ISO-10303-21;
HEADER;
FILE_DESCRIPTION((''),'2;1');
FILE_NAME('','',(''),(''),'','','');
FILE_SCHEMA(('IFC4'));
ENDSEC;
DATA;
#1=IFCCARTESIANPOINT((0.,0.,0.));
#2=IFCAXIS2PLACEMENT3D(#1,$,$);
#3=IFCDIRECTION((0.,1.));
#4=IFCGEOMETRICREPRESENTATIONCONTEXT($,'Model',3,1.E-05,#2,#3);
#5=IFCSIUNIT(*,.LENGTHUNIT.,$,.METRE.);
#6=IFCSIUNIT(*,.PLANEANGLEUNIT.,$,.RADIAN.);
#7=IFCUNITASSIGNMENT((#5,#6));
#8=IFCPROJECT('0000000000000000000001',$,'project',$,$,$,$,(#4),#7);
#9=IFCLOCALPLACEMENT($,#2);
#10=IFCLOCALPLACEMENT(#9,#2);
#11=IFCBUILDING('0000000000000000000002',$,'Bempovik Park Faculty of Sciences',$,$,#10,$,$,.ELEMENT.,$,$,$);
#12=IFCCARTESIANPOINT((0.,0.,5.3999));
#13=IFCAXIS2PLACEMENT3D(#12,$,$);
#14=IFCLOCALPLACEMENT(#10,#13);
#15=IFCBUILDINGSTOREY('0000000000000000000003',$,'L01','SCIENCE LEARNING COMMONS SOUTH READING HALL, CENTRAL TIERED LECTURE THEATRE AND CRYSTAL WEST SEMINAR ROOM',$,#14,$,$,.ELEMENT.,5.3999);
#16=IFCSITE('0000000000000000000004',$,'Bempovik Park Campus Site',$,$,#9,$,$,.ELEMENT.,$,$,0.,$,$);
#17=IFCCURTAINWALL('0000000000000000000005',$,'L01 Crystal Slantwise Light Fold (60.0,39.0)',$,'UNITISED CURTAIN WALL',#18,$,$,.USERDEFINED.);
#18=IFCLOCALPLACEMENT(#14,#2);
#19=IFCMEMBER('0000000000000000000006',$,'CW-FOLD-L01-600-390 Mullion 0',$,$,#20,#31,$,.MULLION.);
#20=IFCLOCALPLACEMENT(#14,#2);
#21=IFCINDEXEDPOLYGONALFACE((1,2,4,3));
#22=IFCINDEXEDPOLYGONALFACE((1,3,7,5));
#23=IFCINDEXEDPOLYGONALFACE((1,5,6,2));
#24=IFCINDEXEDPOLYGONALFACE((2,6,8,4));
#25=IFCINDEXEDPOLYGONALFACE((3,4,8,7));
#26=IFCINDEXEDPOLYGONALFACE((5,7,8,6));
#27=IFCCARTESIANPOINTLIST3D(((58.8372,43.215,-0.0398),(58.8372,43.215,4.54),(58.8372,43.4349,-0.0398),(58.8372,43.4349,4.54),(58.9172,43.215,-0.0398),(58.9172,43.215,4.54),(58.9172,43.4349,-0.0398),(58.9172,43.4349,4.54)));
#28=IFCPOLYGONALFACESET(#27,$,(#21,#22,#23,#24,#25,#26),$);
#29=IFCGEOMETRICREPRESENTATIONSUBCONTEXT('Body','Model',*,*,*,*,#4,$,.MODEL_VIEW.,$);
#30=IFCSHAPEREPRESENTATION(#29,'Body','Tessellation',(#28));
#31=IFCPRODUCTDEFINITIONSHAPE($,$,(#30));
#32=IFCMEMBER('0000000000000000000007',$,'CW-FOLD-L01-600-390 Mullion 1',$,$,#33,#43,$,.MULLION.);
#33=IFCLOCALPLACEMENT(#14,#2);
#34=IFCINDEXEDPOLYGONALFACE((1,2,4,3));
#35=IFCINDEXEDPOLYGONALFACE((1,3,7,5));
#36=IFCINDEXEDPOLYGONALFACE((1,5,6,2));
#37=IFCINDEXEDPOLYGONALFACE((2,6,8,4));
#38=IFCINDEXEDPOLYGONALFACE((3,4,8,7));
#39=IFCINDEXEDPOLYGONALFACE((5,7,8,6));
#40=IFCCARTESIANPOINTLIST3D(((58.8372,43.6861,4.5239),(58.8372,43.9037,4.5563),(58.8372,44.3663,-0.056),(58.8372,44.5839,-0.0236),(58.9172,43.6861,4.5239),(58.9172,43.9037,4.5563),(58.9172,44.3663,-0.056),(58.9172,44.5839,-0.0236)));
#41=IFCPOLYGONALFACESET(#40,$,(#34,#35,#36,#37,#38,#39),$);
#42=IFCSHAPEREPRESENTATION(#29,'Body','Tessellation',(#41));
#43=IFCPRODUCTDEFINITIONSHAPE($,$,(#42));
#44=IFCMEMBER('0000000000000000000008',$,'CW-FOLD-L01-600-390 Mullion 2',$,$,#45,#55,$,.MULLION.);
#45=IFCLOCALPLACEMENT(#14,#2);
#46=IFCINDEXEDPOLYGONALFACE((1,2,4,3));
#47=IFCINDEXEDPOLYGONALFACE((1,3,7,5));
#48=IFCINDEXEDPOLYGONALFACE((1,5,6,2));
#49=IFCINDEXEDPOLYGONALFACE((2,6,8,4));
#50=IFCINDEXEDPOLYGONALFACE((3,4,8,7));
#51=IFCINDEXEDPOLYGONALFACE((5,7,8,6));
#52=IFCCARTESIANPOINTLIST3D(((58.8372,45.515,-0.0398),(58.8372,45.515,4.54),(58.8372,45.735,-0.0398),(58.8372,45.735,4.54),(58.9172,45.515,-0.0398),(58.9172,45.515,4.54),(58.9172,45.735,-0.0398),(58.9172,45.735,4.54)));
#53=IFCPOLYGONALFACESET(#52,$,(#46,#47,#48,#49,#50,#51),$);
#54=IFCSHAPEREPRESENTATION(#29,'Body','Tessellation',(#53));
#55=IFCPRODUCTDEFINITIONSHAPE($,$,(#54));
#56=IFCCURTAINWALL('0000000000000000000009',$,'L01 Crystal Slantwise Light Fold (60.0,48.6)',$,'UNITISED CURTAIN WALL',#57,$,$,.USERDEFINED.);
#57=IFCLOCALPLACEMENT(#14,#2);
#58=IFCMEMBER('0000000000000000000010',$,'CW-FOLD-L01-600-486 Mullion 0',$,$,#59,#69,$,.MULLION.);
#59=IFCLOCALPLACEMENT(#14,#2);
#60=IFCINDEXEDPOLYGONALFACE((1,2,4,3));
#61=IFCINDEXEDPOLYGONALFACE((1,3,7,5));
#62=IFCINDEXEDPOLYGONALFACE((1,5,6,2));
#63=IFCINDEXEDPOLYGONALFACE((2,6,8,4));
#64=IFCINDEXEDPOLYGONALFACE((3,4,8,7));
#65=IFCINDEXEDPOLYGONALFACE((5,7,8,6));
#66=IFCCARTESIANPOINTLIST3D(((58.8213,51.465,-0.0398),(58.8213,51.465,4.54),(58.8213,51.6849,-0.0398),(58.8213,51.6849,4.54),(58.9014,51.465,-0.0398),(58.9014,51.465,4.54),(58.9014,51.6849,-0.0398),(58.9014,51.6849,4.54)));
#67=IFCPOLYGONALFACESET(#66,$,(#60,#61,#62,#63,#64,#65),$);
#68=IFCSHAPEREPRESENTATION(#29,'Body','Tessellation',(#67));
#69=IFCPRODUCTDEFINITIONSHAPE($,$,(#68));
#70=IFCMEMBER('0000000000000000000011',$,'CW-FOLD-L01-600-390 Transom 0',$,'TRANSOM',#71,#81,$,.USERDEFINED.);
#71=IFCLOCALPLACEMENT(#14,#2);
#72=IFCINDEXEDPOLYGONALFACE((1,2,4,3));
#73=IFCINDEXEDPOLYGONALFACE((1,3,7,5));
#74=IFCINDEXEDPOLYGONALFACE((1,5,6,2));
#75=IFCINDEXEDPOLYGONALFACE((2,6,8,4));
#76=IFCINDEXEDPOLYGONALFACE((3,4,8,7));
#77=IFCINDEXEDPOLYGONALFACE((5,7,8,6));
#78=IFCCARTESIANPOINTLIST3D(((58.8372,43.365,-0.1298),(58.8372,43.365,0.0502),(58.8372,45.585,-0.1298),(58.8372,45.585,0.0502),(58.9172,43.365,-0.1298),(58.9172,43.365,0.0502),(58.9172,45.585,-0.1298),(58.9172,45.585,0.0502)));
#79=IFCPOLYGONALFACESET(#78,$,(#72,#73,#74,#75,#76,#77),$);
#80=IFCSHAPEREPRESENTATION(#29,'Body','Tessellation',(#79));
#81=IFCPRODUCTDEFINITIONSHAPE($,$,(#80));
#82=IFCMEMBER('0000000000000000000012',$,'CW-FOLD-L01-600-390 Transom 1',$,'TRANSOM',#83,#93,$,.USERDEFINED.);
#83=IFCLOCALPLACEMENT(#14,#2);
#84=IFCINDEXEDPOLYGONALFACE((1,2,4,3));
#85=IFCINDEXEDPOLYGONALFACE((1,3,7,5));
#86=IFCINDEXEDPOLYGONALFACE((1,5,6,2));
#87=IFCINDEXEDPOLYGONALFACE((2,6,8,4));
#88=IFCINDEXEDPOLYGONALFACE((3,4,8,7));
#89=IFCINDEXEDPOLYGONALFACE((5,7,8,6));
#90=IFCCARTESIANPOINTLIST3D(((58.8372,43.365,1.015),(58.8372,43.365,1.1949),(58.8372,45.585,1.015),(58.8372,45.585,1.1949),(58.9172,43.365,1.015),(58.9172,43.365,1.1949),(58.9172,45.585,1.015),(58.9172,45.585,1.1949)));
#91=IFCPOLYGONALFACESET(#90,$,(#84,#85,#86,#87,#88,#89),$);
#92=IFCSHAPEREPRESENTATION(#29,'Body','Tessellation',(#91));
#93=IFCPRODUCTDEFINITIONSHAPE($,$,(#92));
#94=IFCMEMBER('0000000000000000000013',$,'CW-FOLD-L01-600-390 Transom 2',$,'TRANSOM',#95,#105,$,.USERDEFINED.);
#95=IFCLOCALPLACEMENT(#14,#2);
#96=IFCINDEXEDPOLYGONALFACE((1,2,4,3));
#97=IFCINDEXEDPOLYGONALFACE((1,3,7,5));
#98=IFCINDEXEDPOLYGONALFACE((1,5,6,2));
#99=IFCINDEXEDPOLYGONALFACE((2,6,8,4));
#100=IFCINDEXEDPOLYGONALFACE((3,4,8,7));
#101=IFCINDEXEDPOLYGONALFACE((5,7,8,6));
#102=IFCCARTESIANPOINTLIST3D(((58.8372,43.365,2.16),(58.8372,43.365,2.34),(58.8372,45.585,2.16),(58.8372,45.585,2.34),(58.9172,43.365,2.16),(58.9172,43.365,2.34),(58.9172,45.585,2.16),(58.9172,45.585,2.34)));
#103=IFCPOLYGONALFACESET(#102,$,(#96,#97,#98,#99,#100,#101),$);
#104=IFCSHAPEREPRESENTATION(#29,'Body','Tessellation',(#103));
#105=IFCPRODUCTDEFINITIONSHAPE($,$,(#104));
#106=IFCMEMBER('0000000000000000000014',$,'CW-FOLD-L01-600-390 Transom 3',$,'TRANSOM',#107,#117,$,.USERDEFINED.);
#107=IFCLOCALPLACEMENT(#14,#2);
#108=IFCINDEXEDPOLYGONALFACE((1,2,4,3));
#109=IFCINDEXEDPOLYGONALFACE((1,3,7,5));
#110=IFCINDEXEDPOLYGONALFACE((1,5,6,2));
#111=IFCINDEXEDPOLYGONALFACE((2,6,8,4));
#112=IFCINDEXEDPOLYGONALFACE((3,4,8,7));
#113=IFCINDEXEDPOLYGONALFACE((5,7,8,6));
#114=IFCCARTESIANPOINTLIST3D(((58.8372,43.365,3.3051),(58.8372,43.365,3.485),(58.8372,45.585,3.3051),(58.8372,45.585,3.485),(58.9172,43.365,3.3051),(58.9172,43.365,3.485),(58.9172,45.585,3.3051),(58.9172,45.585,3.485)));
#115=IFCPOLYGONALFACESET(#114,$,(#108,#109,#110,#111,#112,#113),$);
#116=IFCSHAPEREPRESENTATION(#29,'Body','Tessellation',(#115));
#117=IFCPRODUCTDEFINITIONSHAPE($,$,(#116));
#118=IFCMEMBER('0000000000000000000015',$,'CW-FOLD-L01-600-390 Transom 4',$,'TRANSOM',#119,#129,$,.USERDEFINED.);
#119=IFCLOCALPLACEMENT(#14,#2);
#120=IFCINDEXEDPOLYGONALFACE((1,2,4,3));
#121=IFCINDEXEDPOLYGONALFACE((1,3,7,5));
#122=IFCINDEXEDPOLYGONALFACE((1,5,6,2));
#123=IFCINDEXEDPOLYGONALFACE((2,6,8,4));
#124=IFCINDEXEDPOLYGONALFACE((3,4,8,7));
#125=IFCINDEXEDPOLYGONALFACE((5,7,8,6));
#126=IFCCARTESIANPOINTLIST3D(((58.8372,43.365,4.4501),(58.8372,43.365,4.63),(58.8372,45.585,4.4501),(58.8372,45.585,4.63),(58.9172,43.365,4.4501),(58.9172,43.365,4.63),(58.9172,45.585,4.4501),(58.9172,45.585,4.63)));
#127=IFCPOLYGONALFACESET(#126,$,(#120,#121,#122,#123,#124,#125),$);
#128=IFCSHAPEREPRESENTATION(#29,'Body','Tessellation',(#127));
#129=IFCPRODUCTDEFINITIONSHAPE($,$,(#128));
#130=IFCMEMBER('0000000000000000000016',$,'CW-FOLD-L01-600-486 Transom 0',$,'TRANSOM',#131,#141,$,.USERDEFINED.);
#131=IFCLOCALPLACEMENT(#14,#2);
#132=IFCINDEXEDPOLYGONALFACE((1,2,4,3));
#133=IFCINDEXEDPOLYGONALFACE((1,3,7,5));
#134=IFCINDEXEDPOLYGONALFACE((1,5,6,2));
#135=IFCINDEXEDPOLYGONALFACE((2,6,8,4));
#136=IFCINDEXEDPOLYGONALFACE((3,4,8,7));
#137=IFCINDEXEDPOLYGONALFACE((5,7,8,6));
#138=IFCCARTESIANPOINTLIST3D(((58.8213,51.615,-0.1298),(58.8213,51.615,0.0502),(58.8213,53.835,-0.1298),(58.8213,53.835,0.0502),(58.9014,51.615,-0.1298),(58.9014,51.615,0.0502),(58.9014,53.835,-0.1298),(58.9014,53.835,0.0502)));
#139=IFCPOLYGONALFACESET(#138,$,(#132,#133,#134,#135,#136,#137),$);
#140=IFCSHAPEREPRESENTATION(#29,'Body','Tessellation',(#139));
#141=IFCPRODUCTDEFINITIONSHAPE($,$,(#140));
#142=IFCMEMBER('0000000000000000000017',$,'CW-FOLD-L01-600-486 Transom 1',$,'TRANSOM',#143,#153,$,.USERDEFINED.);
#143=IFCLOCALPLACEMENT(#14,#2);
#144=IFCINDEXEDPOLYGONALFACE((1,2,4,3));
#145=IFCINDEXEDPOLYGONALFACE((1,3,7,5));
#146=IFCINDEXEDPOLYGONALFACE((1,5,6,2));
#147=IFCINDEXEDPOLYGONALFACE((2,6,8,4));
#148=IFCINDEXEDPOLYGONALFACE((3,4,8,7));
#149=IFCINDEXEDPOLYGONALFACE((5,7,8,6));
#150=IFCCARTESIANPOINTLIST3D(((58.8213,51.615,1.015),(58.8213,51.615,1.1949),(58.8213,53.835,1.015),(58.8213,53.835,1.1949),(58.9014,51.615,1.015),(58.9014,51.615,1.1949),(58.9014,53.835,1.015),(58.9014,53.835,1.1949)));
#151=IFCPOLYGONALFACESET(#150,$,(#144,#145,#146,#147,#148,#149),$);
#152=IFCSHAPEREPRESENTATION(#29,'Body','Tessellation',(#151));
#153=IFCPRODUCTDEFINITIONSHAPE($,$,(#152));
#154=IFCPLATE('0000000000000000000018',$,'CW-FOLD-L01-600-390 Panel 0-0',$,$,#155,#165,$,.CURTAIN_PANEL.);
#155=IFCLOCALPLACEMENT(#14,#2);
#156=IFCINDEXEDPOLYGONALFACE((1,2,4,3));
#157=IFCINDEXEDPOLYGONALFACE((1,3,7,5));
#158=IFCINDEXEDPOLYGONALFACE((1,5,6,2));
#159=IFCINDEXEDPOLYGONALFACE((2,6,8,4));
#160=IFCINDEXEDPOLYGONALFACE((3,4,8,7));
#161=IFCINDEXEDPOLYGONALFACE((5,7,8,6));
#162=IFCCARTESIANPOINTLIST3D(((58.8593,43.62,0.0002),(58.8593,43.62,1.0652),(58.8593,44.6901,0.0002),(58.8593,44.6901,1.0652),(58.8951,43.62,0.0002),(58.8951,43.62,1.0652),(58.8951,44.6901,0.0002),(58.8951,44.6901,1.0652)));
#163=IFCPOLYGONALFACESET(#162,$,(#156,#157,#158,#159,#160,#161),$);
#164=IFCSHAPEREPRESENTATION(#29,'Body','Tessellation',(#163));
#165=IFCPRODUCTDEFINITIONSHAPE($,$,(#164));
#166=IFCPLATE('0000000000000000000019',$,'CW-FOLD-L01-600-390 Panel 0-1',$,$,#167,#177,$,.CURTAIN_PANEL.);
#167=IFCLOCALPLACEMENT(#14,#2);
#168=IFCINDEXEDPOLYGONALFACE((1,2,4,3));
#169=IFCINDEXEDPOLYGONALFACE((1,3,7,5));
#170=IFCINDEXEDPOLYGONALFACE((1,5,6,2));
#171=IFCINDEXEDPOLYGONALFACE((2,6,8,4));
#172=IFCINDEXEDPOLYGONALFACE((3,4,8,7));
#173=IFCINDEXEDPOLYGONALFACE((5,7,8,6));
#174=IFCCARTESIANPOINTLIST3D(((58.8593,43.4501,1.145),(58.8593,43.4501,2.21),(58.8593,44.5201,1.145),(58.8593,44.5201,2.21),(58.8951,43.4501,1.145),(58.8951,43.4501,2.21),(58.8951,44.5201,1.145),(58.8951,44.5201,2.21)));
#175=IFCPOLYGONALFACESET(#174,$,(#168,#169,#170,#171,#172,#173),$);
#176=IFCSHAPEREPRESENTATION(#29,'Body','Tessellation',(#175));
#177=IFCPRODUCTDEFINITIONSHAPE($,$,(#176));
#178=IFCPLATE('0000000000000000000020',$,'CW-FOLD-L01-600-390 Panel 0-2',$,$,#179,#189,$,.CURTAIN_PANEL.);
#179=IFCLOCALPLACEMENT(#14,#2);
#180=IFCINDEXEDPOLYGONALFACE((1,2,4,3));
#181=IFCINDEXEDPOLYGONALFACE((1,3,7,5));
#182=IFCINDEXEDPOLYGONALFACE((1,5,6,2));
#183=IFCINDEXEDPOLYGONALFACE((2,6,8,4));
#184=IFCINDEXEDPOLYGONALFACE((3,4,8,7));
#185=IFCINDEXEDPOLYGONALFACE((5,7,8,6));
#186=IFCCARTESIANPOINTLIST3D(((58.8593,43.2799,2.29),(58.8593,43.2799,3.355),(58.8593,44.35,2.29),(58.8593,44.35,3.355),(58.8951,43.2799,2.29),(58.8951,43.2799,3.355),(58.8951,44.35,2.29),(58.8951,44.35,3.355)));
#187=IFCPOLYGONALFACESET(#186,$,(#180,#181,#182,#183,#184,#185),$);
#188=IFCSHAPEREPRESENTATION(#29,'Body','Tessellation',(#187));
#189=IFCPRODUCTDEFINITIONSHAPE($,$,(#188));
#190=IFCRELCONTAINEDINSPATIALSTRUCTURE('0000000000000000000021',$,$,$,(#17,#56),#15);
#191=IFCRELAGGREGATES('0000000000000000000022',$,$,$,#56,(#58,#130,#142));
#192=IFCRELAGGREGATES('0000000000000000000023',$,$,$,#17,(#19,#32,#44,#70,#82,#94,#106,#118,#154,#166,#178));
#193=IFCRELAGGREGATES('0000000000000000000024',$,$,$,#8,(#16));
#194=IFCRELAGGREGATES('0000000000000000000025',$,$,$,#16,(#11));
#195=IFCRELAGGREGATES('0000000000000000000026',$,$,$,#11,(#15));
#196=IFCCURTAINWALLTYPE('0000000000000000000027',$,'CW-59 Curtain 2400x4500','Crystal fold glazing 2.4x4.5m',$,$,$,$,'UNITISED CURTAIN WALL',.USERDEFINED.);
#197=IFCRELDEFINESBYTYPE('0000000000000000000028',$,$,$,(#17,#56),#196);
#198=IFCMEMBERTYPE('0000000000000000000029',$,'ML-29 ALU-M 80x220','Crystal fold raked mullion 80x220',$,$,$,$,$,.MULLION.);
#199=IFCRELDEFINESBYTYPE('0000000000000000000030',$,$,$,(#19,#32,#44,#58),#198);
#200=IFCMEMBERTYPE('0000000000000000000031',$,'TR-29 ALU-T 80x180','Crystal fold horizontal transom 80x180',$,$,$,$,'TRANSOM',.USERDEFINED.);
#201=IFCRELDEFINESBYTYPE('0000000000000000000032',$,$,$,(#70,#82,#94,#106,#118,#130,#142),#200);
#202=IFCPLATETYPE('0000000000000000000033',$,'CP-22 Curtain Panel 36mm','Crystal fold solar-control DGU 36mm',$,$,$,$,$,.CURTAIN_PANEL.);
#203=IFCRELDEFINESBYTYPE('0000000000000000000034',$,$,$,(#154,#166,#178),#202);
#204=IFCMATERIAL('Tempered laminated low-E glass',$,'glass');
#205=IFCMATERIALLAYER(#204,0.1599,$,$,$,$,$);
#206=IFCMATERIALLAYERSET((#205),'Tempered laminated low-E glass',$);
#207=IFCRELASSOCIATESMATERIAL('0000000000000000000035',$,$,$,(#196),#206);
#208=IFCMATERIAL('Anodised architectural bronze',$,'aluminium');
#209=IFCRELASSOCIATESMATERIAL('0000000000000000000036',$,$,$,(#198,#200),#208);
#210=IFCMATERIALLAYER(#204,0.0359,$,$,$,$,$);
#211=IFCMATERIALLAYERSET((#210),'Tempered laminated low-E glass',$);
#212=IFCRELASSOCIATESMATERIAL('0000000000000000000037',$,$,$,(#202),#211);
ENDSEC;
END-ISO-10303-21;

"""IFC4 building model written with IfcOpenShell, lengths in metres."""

from ifc_helpers import new_model, si_unit, direction, frame, origin, origin_2d, place, context, subcontext, project, spatial, rectangle, extrude, material, layer, layer_set, material_profile, profile_set, type_object, element, aggregate, save


model = new_model("IFC4")

# Units and contexts
model_context = context("Model", 3, precision=1e-05, world=origin(), true_north=direction((0.0, 1.0)))
body_context = subcontext(model_context, "Body", "Model", "MODEL_VIEW")
ifc_project = project(units=[si_unit("LENGTHUNIT", "METRE"), si_unit("PLANEANGLEUNIT", "RADIAN")], contexts=[model_context])

# Site, building, storey
site_placement = place(None, origin())
site = spatial("IfcSite", under=ifc_project, at=site_placement, Name="Bempovik Park Campus Site", CompositionType="ELEMENT", RefElevation=0.0)
building_placement = place(site_placement, origin())
building = spatial("IfcBuilding", under=site, at=building_placement, Name="Bempovik Park Faculty of Sciences", CompositionType="ELEMENT")
storey_placement = place(building_placement, frame((0.0, 0.0, 5.3999)))
storey = spatial("IfcBuildingStorey", under=building, at=storey_placement, Name="L01", Description="SCIENCE LEARNING COMMONS SOUTH READING HALL, CENTRAL TIERED LECTURE THEATRE AND CRYSTAL WEST SEMINAR ROOM", CompositionType="ELEMENT", Elevation=5.3999)

# Curtain wall, members
ifc_material_1 = material(Name="Tempered laminated low-E glass", Category="glass")
ifc_layer_1 = layer(ifc_material_1, 0.1599)
ifc_layer_set_1 = layer_set([ifc_layer_1], Name="Tempered laminated low-E glass")
curtain_wall_type = type_object("IfcCurtainWallType", Name="CW-59 Curtain 2400x4500", Description="Crystal fold glazing 2.4x4.5m", ElementType="UNITISED CURTAIN WALL", PredefinedType="USERDEFINED", material=ifc_layer_set_1)
curtain_wall_1_placement = place(storey_placement, origin())
curtain_wall_1 = element("IfcCurtainWall", 1, at=curtain_wall_1_placement, inside=storey, type_object=curtain_wall_type, Name="L01 Crystal Slantwise Light Fold (60.0,39.0)", ObjectType="UNITISED CURTAIN WALL", PredefinedType="USERDEFINED")
ifc_material_2 = material(Name="Anodised architectural bronze", Category="aluminium")
ifc_material_profile_1 = material_profile(ifc_material_2, rectangle(XDim=0.0801, YDim=0.22, at=origin_2d()), Name="ALU-M 80x220")
ifc_profile_set_1 = profile_set([ifc_material_profile_1], Name="Anodised architectural bronze")
member_type_1 = type_object("IfcMemberType", Name="ML-29 ALU-M 80x220", Description="Crystal fold raked mullion 80x220", PredefinedType="MULLION", material=ifc_profile_set_1)
member_1_placement = place(storey_placement, frame((58.8772, 43.325, -0.0398), z_axis=(0.0, 0.0, 1.0), x_axis=(1.0, 0.0, 0.0)))
member_1 = element("IfcMember", 2, at=member_1_placement, type_object=member_type_1, Name="CW-FOLD-L01-600-390 Mullion 0", PredefinedType="MULLION", context=body_context, shape_type="SweptSolid", body=[
    extrude(rectangle(XDim=0.0801, YDim=0.22, at=origin_2d()), origin(), (0.0, 0.0, 1.0), 4.5798),
])
member_2_placement = place(storey_placement, frame((58.8772, 44.4751, -0.0398), z_axis=(0.0, -0.146904, 0.989151), x_axis=(1.0, 0.0, 0.0)))
member_2 = element("IfcMember", 3, at=member_2_placement, type_object=member_type_1, Name="CW-FOLD-L01-600-390 Mullion 1", PredefinedType="MULLION", context=body_context, shape_type="SweptSolid", body=[
    extrude(rectangle(XDim=0.0801, YDim=0.22, at=origin_2d()), origin(), (0.0, 0.0, 1.0), 4.6301),
])
member_3_placement = place(storey_placement, frame((58.8772, 45.625, -0.0398), z_axis=(0.0, 0.0, 1.0), x_axis=(1.0, 0.0, 0.0)))
member_3 = element("IfcMember", 4, at=member_3_placement, type_object=member_type_1, Name="CW-FOLD-L01-600-390 Mullion 2", PredefinedType="MULLION", context=body_context, shape_type="SweptSolid", body=[
    extrude(rectangle(XDim=0.0801, YDim=0.22, at=origin_2d()), origin(), (0.0, 0.0, 1.0), 4.5798),
])

# Curtain wall, member
curtain_wall_2_placement = place(storey_placement, origin())
curtain_wall_2 = element("IfcCurtainWall", 5, at=curtain_wall_2_placement, inside=storey, type_object=curtain_wall_type, Name="L01 Crystal Slantwise Light Fold (60.0,48.6)", ObjectType="UNITISED CURTAIN WALL", PredefinedType="USERDEFINED")
member_4_placement = place(storey_placement, frame((58.8613, 51.575, -0.0398), z_axis=(0.0, 0.0, 1.0), x_axis=(1.0, 0.0, 0.0)))
member_4 = element("IfcMember", 6, at=member_4_placement, type_object=member_type_1, Name="CW-FOLD-L01-600-486 Mullion 0", PredefinedType="MULLION", context=body_context, shape_type="SweptSolid", body=[
    extrude(rectangle(XDim=0.0801, YDim=0.22, at=origin_2d()), origin(), (0.0, 0.0, 1.0), 4.5798),
])

# Members
ifc_material_profile_2 = material_profile(ifc_material_2, rectangle(XDim=0.0801, YDim=0.1799, at=origin_2d()), Name="ALU-T 80x180")
ifc_profile_set_2 = profile_set([ifc_material_profile_2], Name="Anodised architectural bronze")
member_type_2 = type_object("IfcMemberType", Name="TR-29 ALU-T 80x180", Description="Crystal fold horizontal transom 80x180", ElementType="TRANSOM", PredefinedType="USERDEFINED", material=ifc_profile_set_2)
member_5_placement = place(storey_placement, frame((58.8772, 43.365, -0.0398), z_axis=(0.0, 1.0, 0.0), x_axis=(-1.0, 0.0, 0.0)))
member_5 = element("IfcMember", 7, at=member_5_placement, type_object=member_type_2, Name="CW-FOLD-L01-600-390 Transom 0", ObjectType="TRANSOM", PredefinedType="USERDEFINED", context=body_context, shape_type="SweptSolid", body=[
    extrude(rectangle(XDim=0.0801, YDim=0.1799, at=origin_2d()), origin(), (0.0, 0.0, 1.0), 2.22),
])
member_6_placement = place(storey_placement, frame((58.8772, 43.365, 1.105), z_axis=(0.0, 1.0, 0.0), x_axis=(-1.0, 0.0, 0.0)))
member_6 = element("IfcMember", 8, at=member_6_placement, type_object=member_type_2, Name="CW-FOLD-L01-600-390 Transom 1", ObjectType="TRANSOM", PredefinedType="USERDEFINED", context=body_context, shape_type="SweptSolid", body=[
    extrude(rectangle(XDim=0.0801, YDim=0.1799, at=origin_2d()), origin(), (0.0, 0.0, 1.0), 2.22),
])
member_7_placement = place(storey_placement, frame((58.8772, 43.365, 2.25), z_axis=(0.0, 1.0, 0.0), x_axis=(-1.0, 0.0, 0.0)))
member_7 = element("IfcMember", 9, at=member_7_placement, type_object=member_type_2, Name="CW-FOLD-L01-600-390 Transom 2", ObjectType="TRANSOM", PredefinedType="USERDEFINED", context=body_context, shape_type="SweptSolid", body=[
    extrude(rectangle(XDim=0.0801, YDim=0.1799, at=origin_2d()), origin(), (0.0, 0.0, 1.0), 2.22),
])
member_8_placement = place(storey_placement, frame((58.8772, 43.365, 3.395), z_axis=(0.0, 1.0, 0.0), x_axis=(-1.0, 0.0, 0.0)))
member_8 = element("IfcMember", 10, at=member_8_placement, type_object=member_type_2, Name="CW-FOLD-L01-600-390 Transom 3", ObjectType="TRANSOM", PredefinedType="USERDEFINED", context=body_context, shape_type="SweptSolid", body=[
    extrude(rectangle(XDim=0.0801, YDim=0.1799, at=origin_2d()), origin(), (0.0, 0.0, 1.0), 2.22),
])
member_9_placement = place(storey_placement, frame((58.8772, 43.365, 4.54), z_axis=(0.0, 1.0, 0.0), x_axis=(-1.0, 0.0, 0.0)))
member_9 = element("IfcMember", 11, at=member_9_placement, type_object=member_type_2, Name="CW-FOLD-L01-600-390 Transom 4", ObjectType="TRANSOM", PredefinedType="USERDEFINED", context=body_context, shape_type="SweptSolid", body=[
    extrude(rectangle(XDim=0.0801, YDim=0.1799, at=origin_2d()), origin(), (0.0, 0.0, 1.0), 2.22),
])
member_10_placement = place(storey_placement, frame((58.8613, 51.615, -0.0398), z_axis=(0.0, 1.0, 0.0), x_axis=(-1.0, 0.0, 0.0)))
member_10 = element("IfcMember", 12, at=member_10_placement, type_object=member_type_2, Name="CW-FOLD-L01-600-486 Transom 0", ObjectType="TRANSOM", PredefinedType="USERDEFINED", context=body_context, shape_type="SweptSolid", body=[
    extrude(rectangle(XDim=0.0801, YDim=0.1799, at=origin_2d()), origin(), (0.0, 0.0, 1.0), 2.22),
])
member_11_placement = place(storey_placement, frame((58.8613, 51.615, 1.105), z_axis=(0.0, 1.0, 0.0), x_axis=(-1.0, 0.0, 0.0)))
member_11 = element("IfcMember", 13, at=member_11_placement, type_object=member_type_2, Name="CW-FOLD-L01-600-486 Transom 1", ObjectType="TRANSOM", PredefinedType="USERDEFINED", context=body_context, shape_type="SweptSolid", body=[
    extrude(rectangle(XDim=0.0801, YDim=0.1799, at=origin_2d()), origin(), (0.0, 0.0, 1.0), 2.22),
])
aggregate(curtain_wall_2, [member_4, member_10, member_11])

# Plates
ifc_layer_2 = layer(ifc_material_1, 0.0359)
ifc_layer_set_2 = layer_set([ifc_layer_2], Name="Tempered laminated low-E glass")
plate_type = type_object("IfcPlateType", Name="CP-22 Curtain Panel 36mm", Description="Crystal fold solar-control DGU 36mm", PredefinedType="CURTAIN_PANEL", material=ifc_layer_set_2)
plate_1_placement = place(storey_placement, frame((58.8772, 44.155, 0.0002), z_axis=(0.0, 0.0, 1.0), x_axis=(0.0, 1.0, 0.0)))
plate_1 = element("IfcPlate", 14, at=plate_1_placement, type_object=plate_type, Name="CW-FOLD-L01-600-390 Panel 0-0", PredefinedType="CURTAIN_PANEL", context=body_context, shape_type="SweptSolid", body=[
    extrude(rectangle(XDim=1.0701, YDim=0.0359, at=origin_2d()), origin(), (0.0, 0.0, 1.0), 1.0649),
])
plate_2_placement = place(storey_placement, frame((58.8772, 43.9851, 1.145), z_axis=(0.0, 0.0, 1.0), x_axis=(0.0, 1.0, 0.0)))
plate_2 = element("IfcPlate", 15, at=plate_2_placement, type_object=plate_type, Name="CW-FOLD-L01-600-390 Panel 0-1", PredefinedType="CURTAIN_PANEL", context=body_context, shape_type="SweptSolid", body=[
    extrude(rectangle(XDim=1.0701, YDim=0.0359, at=origin_2d()), origin(), (0.0, 0.0, 1.0), 1.0649),
])
plate_3_placement = place(storey_placement, frame((58.8772, 43.8149, 2.29), z_axis=(0.0, 0.0, 1.0), x_axis=(0.0, 1.0, 0.0)))
plate_3 = element("IfcPlate", 16, at=plate_3_placement, type_object=plate_type, Name="CW-FOLD-L01-600-390 Panel 0-2", PredefinedType="CURTAIN_PANEL", context=body_context, shape_type="SweptSolid", body=[
    extrude(rectangle(XDim=1.0701, YDim=0.0359, at=origin_2d()), origin(), (0.0, 0.0, 1.0), 1.0649),
])
aggregate(curtain_wall_1, [member_1, member_2, member_3, member_5, member_6, member_7, member_8, member_9, plate_1, plate_2, plate_3])

save(model, "model.ifc")
